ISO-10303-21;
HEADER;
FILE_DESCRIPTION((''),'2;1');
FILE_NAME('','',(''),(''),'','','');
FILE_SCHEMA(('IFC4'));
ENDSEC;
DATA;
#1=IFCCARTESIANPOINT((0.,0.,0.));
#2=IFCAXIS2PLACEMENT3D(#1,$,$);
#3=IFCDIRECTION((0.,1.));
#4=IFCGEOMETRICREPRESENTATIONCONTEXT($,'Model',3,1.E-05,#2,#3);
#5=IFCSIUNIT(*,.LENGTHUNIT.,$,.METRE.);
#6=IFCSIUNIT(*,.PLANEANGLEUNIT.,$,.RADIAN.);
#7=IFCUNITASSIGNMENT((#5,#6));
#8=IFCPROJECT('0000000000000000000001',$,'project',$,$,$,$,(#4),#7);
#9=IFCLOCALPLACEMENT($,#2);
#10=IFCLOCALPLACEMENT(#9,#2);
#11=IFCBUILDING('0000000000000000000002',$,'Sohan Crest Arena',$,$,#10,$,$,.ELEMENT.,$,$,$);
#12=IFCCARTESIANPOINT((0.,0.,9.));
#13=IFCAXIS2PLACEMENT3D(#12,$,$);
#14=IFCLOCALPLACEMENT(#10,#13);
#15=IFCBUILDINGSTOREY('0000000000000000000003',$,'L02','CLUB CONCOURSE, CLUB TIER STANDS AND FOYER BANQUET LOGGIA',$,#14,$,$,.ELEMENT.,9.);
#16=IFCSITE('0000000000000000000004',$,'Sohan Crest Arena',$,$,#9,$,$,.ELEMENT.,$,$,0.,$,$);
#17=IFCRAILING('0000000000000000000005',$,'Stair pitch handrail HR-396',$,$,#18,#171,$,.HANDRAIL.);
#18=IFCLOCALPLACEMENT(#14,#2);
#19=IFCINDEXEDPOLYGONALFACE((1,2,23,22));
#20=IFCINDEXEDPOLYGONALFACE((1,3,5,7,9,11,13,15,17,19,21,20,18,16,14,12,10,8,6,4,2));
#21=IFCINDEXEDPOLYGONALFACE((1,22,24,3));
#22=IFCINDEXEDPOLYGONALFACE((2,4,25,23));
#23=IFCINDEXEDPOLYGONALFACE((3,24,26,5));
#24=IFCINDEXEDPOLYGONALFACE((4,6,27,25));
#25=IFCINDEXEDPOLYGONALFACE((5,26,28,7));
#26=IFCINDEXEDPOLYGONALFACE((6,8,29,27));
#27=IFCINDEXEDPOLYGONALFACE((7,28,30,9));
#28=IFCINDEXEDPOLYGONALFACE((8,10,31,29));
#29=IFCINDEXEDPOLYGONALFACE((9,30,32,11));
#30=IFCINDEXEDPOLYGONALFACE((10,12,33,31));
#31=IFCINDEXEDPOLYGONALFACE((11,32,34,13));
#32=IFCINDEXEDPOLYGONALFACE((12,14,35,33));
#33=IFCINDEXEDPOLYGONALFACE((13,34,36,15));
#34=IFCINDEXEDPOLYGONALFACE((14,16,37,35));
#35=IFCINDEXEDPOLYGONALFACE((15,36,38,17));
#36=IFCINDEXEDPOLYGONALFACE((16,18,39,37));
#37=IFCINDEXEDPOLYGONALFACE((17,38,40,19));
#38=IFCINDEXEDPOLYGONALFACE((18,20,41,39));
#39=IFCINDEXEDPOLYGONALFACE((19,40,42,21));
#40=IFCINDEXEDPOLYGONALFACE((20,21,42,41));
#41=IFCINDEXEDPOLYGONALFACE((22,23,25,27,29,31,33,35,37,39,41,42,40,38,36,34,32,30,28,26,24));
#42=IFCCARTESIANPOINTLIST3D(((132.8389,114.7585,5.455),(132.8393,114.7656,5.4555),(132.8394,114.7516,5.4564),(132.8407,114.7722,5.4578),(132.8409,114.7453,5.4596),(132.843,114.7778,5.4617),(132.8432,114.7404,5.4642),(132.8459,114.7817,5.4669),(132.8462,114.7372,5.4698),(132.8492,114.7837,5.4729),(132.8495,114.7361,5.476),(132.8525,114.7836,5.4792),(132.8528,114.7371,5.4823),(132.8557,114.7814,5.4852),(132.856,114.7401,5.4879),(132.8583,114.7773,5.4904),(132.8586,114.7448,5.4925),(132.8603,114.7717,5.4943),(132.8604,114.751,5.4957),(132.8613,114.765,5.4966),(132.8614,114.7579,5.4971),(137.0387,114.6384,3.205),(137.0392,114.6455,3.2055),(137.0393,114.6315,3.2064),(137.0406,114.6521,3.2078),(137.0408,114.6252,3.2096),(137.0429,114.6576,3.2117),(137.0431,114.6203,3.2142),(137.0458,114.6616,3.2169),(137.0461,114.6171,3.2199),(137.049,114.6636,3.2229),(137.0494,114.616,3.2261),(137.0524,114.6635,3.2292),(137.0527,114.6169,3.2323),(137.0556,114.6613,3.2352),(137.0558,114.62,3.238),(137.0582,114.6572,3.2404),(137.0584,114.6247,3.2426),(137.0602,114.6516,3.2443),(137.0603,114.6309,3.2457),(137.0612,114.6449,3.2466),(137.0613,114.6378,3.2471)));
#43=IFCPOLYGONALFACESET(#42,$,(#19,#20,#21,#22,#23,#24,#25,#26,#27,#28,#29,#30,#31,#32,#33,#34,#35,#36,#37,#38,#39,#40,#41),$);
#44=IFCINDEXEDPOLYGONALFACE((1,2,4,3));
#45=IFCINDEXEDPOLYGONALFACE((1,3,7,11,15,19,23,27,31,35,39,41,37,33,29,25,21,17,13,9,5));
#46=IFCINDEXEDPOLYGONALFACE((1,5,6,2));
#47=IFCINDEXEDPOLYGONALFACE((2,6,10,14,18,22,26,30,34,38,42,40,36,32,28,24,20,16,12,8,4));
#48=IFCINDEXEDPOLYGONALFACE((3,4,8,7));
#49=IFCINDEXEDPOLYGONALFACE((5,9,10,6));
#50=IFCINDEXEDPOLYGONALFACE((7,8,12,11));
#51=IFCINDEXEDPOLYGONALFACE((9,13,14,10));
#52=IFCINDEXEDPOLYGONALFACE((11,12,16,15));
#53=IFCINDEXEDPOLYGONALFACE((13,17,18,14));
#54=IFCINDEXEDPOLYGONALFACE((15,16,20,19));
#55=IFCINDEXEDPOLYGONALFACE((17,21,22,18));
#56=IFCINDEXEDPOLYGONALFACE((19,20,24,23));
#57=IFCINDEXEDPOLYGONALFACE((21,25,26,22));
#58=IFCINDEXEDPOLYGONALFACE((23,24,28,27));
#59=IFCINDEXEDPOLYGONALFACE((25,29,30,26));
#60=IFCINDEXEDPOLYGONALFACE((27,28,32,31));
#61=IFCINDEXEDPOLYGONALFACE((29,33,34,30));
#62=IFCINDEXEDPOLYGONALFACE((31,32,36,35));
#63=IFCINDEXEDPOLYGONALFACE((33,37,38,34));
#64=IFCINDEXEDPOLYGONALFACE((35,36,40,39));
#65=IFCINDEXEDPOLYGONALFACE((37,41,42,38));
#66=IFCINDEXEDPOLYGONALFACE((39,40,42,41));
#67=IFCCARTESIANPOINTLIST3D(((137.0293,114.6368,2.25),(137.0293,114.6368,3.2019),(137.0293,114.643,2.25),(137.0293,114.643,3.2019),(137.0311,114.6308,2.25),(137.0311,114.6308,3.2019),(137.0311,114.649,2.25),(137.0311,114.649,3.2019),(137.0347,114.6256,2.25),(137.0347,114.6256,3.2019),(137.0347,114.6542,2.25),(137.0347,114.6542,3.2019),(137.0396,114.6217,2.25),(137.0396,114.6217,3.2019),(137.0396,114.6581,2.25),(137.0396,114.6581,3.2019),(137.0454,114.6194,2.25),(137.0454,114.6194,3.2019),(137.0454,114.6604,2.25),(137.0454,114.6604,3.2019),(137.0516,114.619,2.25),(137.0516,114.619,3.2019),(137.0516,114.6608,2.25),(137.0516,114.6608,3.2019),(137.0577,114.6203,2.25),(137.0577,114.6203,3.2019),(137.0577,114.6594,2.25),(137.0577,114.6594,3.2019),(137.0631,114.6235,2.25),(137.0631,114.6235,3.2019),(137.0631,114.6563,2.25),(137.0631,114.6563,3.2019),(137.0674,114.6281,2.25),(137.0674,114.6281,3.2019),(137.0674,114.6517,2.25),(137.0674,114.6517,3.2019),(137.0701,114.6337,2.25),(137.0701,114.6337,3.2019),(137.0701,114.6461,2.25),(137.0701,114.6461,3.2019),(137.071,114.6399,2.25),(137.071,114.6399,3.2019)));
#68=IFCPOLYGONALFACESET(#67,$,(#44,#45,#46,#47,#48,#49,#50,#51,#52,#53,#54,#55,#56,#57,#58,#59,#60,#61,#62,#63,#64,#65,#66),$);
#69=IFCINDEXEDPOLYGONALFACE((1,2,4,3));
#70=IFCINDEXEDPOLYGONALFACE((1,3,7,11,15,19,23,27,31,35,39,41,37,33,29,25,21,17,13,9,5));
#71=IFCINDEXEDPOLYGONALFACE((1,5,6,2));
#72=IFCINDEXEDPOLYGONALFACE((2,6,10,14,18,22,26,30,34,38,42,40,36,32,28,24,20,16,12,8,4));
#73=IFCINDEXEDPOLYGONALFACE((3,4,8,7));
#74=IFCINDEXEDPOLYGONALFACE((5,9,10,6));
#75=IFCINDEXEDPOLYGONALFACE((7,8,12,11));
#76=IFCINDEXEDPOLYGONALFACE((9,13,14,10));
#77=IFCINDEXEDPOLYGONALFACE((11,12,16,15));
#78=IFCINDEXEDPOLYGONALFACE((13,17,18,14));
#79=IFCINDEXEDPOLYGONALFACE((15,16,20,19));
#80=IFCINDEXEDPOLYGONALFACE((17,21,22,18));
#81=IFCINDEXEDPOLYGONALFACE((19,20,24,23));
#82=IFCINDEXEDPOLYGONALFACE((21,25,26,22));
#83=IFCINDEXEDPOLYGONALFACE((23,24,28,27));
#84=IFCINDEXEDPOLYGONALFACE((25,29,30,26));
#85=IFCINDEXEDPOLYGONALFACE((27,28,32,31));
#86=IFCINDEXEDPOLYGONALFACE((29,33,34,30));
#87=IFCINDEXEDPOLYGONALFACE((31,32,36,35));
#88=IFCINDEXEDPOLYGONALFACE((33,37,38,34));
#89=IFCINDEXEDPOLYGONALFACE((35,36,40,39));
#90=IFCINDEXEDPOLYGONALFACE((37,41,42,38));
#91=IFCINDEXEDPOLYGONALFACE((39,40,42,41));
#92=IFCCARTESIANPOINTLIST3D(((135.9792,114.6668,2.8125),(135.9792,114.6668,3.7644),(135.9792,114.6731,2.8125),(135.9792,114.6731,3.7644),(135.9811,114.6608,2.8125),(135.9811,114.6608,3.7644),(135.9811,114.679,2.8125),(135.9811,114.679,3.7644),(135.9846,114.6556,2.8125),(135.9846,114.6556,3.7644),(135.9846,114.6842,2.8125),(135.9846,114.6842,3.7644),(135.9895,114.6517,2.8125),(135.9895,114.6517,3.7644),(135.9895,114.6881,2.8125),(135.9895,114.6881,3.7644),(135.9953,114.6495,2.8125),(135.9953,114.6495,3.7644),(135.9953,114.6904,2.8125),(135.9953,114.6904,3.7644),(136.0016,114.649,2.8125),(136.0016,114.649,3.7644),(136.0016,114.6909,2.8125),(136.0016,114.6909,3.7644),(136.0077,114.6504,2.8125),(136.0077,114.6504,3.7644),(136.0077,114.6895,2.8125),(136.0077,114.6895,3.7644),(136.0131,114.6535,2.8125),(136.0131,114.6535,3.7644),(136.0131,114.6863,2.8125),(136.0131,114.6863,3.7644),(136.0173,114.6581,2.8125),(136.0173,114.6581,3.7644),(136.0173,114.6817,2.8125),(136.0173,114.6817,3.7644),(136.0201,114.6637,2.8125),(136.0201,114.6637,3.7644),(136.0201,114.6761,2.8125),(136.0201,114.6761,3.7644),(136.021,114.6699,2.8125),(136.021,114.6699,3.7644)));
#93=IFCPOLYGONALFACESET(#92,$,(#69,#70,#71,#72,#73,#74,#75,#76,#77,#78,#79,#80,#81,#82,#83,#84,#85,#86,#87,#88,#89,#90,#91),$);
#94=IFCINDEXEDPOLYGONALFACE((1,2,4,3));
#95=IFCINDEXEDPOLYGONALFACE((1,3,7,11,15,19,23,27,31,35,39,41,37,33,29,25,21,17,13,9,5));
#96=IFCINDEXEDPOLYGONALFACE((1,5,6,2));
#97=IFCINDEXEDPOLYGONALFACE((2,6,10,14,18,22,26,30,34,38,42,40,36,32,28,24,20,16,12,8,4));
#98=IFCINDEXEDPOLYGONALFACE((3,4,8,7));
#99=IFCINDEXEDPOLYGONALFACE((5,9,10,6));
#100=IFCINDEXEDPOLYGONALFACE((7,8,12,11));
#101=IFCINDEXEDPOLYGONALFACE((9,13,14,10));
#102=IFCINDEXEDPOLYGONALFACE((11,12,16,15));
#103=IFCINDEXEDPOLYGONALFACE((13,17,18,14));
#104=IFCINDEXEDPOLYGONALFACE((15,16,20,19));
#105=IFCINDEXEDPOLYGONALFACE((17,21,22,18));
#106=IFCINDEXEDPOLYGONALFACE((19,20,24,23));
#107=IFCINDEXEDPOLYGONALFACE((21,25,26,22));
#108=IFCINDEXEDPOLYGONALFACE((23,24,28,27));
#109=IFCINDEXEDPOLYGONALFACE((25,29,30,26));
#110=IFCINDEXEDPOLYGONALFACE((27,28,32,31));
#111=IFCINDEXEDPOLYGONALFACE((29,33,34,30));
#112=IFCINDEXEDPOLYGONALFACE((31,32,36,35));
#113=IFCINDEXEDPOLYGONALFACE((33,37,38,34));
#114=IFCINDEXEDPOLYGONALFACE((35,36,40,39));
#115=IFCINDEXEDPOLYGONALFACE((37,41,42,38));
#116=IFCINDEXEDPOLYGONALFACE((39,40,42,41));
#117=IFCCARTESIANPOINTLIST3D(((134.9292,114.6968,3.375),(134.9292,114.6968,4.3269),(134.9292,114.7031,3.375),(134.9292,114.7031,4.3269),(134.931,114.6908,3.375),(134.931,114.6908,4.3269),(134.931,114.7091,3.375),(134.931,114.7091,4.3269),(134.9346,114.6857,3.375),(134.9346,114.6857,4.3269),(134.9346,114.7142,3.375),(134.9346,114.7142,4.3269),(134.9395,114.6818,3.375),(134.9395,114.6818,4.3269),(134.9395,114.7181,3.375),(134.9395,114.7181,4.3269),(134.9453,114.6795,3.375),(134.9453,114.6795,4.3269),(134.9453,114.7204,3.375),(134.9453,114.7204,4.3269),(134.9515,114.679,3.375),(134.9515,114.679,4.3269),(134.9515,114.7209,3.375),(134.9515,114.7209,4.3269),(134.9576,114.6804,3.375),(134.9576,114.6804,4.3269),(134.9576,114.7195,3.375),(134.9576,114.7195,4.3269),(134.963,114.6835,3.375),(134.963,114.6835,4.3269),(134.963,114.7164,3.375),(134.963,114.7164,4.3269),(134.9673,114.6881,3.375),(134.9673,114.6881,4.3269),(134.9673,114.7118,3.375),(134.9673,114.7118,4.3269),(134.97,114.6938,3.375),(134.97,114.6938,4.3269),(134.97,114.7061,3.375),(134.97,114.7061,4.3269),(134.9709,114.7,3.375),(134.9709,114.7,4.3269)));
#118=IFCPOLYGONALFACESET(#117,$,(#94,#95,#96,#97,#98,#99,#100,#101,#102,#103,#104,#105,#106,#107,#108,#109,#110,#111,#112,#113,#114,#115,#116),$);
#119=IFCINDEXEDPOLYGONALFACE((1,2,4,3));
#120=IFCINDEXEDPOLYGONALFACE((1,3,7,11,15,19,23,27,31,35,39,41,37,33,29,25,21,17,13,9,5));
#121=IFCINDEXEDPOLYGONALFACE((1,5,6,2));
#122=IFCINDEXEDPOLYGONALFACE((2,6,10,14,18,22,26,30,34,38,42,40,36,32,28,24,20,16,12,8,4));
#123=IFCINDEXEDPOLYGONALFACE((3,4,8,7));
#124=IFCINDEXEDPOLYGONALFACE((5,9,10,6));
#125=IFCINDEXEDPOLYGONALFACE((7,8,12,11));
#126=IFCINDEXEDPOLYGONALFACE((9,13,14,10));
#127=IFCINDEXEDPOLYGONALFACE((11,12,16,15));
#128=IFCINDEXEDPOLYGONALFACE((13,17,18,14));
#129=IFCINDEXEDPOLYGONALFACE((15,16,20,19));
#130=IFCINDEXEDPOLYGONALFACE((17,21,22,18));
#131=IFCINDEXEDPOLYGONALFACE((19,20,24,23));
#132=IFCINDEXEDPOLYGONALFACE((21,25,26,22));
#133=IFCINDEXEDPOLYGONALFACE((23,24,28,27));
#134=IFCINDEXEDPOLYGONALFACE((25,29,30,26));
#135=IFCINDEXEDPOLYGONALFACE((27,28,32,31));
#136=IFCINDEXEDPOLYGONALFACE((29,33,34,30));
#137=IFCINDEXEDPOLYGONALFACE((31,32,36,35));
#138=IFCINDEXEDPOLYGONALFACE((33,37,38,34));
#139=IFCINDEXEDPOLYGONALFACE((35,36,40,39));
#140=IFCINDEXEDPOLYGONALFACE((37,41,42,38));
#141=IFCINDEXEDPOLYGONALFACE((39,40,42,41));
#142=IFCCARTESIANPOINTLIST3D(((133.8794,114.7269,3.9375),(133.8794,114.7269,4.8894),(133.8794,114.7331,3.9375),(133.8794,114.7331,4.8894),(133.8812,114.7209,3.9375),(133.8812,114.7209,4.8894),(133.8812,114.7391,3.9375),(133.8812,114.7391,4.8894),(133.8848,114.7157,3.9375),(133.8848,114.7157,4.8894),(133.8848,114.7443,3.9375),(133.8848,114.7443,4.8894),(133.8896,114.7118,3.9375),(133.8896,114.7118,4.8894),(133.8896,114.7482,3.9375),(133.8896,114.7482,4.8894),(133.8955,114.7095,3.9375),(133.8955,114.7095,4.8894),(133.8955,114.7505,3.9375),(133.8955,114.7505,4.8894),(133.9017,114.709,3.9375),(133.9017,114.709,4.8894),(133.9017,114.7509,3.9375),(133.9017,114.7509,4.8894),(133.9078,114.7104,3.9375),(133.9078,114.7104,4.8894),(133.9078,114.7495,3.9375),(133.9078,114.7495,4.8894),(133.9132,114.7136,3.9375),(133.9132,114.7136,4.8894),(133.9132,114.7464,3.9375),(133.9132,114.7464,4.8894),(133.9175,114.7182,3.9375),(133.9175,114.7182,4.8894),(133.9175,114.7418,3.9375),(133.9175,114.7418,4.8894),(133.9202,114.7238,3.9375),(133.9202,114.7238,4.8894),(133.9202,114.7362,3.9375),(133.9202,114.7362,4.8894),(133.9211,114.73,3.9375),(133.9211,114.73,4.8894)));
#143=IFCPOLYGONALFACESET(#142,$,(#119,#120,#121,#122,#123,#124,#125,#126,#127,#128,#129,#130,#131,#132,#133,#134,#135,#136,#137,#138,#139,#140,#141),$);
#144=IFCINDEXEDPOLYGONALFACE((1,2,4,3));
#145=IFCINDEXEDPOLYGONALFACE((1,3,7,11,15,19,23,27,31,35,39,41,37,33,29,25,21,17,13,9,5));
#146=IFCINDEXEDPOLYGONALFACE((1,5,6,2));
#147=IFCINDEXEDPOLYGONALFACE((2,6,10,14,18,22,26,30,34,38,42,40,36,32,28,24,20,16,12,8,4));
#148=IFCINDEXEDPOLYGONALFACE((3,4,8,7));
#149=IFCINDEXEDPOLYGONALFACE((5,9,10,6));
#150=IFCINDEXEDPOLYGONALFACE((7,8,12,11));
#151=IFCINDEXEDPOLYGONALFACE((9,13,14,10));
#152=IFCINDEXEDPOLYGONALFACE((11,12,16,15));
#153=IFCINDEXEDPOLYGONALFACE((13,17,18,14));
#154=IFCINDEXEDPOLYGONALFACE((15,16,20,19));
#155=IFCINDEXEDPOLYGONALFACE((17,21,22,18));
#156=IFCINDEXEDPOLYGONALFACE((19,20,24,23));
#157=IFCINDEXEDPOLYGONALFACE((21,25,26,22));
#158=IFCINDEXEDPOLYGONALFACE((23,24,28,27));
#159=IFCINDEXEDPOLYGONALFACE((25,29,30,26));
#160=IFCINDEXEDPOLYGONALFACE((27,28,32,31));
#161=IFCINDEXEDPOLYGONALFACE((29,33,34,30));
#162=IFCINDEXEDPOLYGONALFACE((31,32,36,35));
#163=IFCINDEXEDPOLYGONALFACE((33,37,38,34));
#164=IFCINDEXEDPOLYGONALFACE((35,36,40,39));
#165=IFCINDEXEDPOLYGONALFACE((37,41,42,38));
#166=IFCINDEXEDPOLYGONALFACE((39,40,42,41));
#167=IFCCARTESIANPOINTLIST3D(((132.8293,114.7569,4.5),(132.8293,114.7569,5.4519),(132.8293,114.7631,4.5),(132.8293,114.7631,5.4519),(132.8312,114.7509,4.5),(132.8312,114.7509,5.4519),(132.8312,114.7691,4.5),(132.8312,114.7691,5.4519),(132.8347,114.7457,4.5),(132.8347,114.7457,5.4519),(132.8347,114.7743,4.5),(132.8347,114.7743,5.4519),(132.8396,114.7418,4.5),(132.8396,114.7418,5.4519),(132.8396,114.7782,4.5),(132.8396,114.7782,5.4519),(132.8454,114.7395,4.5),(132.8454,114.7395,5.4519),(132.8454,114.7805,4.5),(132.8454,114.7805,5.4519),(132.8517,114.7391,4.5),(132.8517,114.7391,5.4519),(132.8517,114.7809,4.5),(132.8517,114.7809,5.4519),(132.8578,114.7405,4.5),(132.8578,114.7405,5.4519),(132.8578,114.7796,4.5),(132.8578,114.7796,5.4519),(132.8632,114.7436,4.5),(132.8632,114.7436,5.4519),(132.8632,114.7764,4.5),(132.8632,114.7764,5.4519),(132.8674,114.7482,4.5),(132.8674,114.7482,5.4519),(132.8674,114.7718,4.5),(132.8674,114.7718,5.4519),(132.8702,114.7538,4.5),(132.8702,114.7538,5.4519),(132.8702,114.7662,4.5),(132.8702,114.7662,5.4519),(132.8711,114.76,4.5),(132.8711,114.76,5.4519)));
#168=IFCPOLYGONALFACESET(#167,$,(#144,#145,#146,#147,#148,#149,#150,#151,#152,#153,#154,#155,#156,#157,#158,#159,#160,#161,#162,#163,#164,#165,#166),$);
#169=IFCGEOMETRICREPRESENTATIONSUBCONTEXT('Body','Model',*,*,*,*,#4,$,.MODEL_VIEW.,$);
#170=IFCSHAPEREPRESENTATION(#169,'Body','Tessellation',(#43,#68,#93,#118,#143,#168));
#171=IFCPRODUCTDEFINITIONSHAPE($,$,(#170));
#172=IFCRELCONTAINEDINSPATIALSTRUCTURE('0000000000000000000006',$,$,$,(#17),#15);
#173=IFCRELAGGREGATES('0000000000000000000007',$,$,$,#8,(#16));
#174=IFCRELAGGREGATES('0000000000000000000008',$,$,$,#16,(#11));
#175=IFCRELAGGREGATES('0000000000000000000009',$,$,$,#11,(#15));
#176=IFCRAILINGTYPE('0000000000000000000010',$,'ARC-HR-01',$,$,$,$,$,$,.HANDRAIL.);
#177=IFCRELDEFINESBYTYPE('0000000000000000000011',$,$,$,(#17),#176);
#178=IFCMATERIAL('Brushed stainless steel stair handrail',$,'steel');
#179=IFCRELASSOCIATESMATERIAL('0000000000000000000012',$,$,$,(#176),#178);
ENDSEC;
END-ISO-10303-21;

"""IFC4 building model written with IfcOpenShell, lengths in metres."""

from ifc_helpers import new_model, si_unit, direction, frame, origin, origin_2d, place, context, subcontext, project, spatial, circle, extrude, material, type_object, element, save


model = new_model("IFC4")

# Units and contexts
model_context = context("Model", 3, precision=1e-05, world=origin(), true_north=direction((0.0, 1.0)))
body_context = subcontext(model_context, "Body", "Model", "MODEL_VIEW")
ifc_project = project(units=[si_unit("LENGTHUNIT", "METRE"), si_unit("PLANEANGLEUNIT", "RADIAN")], contexts=[model_context])

# Site, building, storey
site_placement = place(None, origin())
site = spatial("IfcSite", under=ifc_project, at=site_placement, Name="Sohan Crest Arena", CompositionType="ELEMENT", RefElevation=0.0)
building_placement = place(site_placement, origin())
building = spatial("IfcBuilding", under=site, at=building_placement, Name="Sohan Crest Arena", CompositionType="ELEMENT")
storey_placement = place(building_placement, frame((0.0, 0.0, 9.0)))
storey = spatial("IfcBuildingStorey", under=building, at=storey_placement, Name="L02", Description="CLUB CONCOURSE, CLUB TIER STANDS AND FOYER BANQUET LOGGIA", CompositionType="ELEMENT", Elevation=9.0)

# Railing
ifc_material_1 = material(Name="Brushed stainless steel stair handrail", Category="steel")
railing_type_1 = type_object("IfcRailingType", Name="ARC-HR-01", PredefinedType="HANDRAIL", material=ifc_material_1)
railing_1_placement = place(storey_placement, frame((137.05, 114.6399, 2.25)))
element("IfcRailing", 1, at=railing_1_placement, inside=storey, type_object=railing_type_1, Name="Stair pitch handrail HR-396", PredefinedType="HANDRAIL", context=body_context, shape_type="SweptSolid", body=[
    extrude(circle(Radius=0.0239, at=origin_2d()), frame((0.0, 0.0, 0.9761), z_axis=(-0.881198, 0.025202, 0.472076), x_axis=(-0.028588, -0.999591, 0.0)), (0.0, 0.0, 1.0), 4.7661),
    extrude(circle(Radius=0.021, at=origin_2d()), origin(), (0.0, 0.0, 1.0), 0.9519),
    extrude(circle(Radius=0.021, at=origin_2d()), frame((-1.05, 0.03, 0.5625)), (0.0, 0.0, 1.0), 0.9519),
    extrude(circle(Radius=0.021, at=origin_2d()), frame((-2.1001, 0.0601, 1.125)), (0.0, 0.0, 1.0), 0.9519),
    extrude(circle(Radius=0.021, at=origin_2d()), frame((-3.1499, 0.0901, 1.6875)), (0.0, 0.0, 1.0), 0.9519),
    extrude(circle(Radius=0.021, at=origin_2d()), frame((-4.2, 0.1201, 2.25)), (0.0, 0.0, 1.0), 0.9519),
])

save(model, "model.ifc")
